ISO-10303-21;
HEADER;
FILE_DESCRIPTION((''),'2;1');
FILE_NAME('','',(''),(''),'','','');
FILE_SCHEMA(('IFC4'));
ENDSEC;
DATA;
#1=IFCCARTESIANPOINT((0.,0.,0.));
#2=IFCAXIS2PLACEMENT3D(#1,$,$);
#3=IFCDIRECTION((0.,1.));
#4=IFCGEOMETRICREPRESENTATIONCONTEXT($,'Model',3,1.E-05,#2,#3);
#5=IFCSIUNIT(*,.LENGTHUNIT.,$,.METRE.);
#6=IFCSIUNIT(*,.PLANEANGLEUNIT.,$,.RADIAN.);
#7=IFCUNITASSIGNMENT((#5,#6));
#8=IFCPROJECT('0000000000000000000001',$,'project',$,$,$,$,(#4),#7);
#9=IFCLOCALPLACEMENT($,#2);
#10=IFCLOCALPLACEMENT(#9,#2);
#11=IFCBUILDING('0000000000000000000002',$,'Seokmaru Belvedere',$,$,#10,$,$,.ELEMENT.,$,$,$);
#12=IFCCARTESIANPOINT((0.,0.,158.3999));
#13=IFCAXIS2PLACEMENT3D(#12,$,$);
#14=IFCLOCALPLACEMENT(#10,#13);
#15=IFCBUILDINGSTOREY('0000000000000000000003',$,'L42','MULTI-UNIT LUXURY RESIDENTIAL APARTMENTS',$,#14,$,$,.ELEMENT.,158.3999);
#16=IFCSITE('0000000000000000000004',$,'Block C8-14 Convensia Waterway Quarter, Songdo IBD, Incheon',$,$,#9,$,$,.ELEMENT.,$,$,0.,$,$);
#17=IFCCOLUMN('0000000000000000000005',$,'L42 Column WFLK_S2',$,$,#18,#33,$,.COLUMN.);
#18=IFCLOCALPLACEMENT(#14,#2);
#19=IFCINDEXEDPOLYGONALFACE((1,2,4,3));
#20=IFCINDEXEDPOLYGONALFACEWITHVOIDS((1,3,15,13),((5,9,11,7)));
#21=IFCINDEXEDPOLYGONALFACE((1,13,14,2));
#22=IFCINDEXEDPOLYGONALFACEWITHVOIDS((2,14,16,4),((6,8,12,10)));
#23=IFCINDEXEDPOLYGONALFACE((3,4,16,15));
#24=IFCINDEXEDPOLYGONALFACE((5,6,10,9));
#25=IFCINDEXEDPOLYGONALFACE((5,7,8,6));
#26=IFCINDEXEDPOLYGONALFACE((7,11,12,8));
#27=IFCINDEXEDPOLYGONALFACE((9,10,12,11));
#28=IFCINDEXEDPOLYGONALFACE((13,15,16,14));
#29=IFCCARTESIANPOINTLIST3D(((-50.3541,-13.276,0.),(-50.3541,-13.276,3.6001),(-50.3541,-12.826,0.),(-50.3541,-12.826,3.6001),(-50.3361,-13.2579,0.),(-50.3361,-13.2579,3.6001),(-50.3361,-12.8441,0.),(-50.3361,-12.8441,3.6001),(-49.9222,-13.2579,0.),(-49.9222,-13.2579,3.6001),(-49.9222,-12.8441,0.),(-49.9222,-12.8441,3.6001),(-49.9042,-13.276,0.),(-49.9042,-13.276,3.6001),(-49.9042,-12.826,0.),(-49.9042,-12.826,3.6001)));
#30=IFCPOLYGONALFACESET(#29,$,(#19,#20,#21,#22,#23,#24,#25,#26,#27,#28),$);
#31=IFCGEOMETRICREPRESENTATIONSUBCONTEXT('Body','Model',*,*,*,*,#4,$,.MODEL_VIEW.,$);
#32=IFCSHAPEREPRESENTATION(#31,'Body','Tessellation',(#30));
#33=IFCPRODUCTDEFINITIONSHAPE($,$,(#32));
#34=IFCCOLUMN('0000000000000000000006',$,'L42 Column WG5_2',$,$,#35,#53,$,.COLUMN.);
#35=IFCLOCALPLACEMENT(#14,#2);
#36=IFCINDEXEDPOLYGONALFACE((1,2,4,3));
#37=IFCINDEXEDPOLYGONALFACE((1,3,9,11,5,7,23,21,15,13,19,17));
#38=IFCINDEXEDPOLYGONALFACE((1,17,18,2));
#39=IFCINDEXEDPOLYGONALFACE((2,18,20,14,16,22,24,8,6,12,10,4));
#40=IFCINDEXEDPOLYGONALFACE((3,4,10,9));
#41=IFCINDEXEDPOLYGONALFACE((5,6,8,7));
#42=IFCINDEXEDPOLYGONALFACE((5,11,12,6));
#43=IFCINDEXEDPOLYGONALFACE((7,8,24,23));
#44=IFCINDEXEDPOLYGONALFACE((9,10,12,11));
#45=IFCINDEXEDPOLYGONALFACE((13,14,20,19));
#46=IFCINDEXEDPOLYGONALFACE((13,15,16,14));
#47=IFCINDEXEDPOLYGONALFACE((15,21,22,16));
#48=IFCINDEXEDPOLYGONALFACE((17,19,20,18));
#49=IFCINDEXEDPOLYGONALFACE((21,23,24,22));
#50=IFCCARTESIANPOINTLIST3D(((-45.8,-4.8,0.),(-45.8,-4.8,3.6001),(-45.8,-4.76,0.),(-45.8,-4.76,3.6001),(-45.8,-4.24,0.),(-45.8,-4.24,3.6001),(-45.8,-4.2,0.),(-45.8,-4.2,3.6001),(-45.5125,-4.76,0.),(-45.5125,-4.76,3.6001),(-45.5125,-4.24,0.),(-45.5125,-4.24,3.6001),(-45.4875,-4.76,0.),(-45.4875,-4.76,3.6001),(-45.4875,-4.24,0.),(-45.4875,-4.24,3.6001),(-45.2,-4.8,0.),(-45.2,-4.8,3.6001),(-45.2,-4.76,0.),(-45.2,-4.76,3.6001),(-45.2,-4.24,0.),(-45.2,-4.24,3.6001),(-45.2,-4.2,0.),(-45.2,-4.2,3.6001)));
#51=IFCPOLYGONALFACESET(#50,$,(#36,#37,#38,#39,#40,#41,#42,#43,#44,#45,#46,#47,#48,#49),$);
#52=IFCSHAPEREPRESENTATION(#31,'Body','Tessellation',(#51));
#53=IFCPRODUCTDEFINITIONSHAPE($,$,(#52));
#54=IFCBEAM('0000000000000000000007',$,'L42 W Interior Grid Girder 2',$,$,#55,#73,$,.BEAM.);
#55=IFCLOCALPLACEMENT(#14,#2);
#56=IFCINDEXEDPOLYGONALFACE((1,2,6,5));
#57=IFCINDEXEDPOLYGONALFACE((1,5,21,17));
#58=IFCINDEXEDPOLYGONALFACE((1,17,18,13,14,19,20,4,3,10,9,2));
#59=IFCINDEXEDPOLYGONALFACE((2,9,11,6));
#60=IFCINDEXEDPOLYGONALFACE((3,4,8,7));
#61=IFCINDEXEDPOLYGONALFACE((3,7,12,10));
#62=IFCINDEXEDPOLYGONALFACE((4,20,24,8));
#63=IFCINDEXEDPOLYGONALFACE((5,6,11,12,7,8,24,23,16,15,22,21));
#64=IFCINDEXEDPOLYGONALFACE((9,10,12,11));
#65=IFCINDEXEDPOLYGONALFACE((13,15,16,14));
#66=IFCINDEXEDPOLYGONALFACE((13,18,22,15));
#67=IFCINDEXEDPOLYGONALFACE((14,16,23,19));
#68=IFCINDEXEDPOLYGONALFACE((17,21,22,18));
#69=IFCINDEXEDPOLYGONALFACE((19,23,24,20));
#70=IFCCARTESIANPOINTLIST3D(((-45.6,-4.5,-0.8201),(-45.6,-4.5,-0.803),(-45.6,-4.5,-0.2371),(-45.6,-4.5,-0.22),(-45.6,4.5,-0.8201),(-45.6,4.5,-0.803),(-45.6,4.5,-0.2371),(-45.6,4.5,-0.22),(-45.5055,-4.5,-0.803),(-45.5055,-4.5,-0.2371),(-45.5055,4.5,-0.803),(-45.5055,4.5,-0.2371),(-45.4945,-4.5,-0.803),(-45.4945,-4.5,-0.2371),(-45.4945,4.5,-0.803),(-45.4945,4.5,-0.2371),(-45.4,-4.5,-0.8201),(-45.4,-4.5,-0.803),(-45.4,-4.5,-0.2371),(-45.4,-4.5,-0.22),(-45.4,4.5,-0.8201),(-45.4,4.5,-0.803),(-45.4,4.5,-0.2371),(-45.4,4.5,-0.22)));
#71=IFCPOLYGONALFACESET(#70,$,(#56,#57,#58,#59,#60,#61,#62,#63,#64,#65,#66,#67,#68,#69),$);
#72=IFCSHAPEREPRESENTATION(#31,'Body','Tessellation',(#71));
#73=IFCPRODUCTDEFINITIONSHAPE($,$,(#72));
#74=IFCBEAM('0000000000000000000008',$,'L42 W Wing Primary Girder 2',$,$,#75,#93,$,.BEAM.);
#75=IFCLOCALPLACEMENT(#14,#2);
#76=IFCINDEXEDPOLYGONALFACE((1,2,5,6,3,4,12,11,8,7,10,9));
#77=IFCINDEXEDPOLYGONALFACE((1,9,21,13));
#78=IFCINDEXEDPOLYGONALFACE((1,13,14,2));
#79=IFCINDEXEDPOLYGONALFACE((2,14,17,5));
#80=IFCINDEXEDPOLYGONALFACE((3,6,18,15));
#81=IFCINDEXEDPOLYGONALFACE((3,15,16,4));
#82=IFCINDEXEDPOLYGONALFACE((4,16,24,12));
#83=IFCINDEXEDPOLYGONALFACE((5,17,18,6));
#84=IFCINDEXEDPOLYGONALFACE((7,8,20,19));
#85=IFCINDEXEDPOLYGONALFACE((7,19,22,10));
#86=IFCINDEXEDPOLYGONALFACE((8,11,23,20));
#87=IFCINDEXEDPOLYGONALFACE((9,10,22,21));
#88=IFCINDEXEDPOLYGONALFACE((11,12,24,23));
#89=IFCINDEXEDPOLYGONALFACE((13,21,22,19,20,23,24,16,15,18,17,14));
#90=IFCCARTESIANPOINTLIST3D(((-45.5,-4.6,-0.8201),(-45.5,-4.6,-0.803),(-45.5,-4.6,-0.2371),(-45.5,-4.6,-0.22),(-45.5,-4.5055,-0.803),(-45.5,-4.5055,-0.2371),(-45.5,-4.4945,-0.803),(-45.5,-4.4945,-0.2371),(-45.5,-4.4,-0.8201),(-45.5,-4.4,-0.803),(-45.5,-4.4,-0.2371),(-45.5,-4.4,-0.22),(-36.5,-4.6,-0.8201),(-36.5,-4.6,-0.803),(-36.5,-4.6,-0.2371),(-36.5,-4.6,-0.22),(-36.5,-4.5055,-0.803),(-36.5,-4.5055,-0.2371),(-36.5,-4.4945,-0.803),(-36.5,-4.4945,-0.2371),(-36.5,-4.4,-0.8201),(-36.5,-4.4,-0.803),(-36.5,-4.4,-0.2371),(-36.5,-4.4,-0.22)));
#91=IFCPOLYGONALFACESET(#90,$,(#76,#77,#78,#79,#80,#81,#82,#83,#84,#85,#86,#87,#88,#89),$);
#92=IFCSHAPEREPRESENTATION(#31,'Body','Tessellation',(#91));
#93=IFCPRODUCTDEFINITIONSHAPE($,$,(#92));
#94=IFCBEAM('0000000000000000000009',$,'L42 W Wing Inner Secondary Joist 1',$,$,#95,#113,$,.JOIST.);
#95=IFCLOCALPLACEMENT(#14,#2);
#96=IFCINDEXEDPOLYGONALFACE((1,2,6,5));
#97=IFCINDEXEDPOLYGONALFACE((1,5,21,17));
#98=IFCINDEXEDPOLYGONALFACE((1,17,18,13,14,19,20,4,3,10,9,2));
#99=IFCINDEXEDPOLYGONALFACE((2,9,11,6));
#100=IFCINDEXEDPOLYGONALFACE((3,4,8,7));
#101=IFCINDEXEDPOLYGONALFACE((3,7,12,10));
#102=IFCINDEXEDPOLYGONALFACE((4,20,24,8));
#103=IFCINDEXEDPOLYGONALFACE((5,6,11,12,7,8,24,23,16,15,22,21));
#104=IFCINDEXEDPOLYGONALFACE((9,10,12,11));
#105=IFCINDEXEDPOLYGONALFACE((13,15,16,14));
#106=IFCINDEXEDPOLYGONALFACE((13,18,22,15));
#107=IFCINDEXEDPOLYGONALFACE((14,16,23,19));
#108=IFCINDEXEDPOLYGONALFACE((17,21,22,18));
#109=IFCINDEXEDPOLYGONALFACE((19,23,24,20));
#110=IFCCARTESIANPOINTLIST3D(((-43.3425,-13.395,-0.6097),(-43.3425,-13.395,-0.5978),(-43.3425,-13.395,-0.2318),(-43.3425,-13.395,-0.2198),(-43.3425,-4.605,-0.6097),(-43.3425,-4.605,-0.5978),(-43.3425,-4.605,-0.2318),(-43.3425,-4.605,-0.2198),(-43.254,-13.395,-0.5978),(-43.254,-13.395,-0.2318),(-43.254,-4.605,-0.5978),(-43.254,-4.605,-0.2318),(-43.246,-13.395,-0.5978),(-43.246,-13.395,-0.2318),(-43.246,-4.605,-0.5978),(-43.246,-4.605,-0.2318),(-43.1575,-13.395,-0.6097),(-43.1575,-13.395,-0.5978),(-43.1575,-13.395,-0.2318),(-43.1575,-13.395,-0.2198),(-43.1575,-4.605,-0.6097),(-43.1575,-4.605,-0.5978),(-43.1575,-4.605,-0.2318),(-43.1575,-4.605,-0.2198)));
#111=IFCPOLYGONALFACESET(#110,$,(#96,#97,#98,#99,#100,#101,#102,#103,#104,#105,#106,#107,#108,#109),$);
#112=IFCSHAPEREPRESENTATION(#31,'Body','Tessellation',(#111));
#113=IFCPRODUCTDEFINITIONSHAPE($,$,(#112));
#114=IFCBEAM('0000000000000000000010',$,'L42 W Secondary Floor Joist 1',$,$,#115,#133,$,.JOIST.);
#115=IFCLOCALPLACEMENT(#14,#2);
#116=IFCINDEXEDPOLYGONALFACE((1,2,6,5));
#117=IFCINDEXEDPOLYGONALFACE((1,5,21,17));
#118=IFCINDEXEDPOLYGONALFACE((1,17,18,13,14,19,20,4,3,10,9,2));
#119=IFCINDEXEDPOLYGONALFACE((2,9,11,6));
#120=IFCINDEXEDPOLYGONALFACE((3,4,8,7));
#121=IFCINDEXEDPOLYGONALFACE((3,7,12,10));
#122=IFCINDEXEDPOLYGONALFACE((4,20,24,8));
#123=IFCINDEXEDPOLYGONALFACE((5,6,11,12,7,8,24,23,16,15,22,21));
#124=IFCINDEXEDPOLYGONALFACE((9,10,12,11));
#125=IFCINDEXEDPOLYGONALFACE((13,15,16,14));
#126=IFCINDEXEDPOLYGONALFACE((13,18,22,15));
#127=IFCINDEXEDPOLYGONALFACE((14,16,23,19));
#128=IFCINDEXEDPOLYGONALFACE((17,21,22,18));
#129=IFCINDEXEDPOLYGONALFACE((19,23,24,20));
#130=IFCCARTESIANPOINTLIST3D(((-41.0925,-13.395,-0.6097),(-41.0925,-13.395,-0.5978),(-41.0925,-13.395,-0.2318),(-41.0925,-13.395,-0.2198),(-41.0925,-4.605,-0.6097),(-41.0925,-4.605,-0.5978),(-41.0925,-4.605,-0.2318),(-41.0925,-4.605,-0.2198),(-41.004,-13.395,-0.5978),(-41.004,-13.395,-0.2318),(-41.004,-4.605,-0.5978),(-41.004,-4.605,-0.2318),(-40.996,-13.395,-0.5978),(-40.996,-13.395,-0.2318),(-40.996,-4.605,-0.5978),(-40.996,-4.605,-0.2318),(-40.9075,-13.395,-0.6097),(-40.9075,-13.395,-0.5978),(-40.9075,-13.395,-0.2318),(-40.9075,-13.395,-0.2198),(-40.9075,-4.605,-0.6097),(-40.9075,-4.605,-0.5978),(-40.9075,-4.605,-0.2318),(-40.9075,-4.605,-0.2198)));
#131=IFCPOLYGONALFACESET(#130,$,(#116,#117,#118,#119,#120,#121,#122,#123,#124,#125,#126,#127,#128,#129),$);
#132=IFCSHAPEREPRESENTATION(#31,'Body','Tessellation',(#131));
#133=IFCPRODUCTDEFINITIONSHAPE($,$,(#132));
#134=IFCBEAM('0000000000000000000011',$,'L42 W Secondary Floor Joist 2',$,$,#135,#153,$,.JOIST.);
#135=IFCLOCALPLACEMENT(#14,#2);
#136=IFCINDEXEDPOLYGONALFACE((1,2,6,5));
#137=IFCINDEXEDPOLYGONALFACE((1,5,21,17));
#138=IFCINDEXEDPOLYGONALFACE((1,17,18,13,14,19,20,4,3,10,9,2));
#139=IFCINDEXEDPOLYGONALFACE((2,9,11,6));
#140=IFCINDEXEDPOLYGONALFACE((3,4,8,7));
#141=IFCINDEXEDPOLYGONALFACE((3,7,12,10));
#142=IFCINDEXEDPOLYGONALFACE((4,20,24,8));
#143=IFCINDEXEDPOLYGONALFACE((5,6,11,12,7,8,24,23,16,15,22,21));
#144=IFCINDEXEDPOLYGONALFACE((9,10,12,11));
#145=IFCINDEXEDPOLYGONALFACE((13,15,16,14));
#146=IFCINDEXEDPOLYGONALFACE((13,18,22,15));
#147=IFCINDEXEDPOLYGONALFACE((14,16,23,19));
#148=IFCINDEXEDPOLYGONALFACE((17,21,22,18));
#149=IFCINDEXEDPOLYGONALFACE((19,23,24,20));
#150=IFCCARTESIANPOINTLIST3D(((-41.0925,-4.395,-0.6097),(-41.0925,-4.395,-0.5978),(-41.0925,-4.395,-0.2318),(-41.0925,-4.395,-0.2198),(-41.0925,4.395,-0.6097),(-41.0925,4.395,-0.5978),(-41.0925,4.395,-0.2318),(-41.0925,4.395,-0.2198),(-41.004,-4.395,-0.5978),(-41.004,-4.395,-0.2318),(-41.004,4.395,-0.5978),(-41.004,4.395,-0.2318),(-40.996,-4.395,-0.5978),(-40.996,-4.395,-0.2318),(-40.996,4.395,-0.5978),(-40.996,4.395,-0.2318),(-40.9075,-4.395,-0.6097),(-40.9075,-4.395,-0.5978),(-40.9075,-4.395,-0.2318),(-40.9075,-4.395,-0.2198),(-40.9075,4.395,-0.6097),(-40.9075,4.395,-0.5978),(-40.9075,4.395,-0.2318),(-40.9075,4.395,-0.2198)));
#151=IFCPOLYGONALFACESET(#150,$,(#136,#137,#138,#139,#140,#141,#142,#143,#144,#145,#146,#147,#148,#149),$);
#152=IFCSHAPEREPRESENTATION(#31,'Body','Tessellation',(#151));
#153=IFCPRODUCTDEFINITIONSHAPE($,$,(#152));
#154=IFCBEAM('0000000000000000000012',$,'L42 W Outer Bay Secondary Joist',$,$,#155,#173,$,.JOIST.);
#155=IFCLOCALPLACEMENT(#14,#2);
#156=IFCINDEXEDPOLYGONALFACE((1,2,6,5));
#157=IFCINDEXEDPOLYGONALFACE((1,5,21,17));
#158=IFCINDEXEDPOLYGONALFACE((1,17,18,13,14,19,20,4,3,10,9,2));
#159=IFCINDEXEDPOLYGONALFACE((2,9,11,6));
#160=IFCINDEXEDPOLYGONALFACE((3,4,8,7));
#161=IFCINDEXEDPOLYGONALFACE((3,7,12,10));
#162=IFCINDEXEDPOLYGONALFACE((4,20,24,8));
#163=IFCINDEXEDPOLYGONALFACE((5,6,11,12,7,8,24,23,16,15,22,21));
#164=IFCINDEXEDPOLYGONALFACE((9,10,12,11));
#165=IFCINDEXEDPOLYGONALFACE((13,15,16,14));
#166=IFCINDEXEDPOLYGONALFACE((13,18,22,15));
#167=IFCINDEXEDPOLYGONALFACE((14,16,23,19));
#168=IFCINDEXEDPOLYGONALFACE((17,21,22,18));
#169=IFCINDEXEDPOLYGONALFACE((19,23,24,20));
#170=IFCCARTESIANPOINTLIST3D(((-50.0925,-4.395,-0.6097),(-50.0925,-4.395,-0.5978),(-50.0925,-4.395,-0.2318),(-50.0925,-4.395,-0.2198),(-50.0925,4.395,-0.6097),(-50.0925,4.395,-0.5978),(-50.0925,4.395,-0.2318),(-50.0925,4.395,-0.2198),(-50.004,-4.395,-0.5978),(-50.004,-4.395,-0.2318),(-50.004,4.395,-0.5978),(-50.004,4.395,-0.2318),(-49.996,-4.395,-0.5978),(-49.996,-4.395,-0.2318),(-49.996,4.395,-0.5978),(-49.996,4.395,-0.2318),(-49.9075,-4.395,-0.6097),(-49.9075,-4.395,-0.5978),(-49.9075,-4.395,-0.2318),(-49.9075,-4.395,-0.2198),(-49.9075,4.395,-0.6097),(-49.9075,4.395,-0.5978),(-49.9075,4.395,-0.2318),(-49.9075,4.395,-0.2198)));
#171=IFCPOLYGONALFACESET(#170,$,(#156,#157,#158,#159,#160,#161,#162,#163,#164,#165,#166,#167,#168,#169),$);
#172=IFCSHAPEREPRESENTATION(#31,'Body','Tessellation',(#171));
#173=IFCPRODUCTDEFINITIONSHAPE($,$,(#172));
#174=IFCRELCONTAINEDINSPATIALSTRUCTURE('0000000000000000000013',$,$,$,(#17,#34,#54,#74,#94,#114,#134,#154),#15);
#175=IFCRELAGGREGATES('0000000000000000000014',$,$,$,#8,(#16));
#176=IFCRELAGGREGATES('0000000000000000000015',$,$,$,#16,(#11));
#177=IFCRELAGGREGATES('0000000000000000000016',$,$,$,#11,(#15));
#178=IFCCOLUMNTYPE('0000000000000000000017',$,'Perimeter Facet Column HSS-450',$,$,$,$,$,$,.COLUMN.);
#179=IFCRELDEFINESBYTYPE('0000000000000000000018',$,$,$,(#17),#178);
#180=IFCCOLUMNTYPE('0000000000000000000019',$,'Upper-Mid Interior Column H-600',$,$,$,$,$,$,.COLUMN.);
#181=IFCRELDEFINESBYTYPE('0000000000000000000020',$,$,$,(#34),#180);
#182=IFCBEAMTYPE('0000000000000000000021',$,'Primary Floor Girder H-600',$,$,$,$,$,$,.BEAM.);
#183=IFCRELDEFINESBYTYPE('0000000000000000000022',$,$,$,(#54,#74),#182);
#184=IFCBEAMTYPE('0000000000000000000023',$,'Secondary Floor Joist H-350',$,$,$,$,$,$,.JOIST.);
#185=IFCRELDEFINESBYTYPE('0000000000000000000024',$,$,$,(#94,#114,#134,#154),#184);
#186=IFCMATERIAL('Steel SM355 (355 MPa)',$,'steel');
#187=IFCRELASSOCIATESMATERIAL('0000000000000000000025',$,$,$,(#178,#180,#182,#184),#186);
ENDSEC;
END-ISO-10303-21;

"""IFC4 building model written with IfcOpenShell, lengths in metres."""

from ifc_helpers import new_model, si_unit, direction, frame, origin, origin_2d, place, context, subcontext, project, spatial, hollow_rectangle, i_section, extrude, source, transform, mapped, material, material_profile, profile_set, type_object, type_shapes, element, save


model = new_model("IFC4")

# Units and contexts
model_context = context("Model", 3, precision=1e-05, world=origin(), true_north=direction((0.0, 1.0)))
body_context = subcontext(model_context, "Body", "Model", "MODEL_VIEW")
ifc_project = project(units=[si_unit("LENGTHUNIT", "METRE"), si_unit("PLANEANGLEUNIT", "RADIAN")], contexts=[model_context])

# Site, building, storey
site_placement = place(None, origin())
site = spatial("IfcSite", under=ifc_project, at=site_placement, Name="Block C8-14 Convensia Waterway Quarter, Songdo IBD, Incheon", CompositionType="ELEMENT", RefElevation=0.0)
building_placement = place(site_placement, origin())
building = spatial("IfcBuilding", under=site, at=building_placement, Name="Seokmaru Belvedere", CompositionType="ELEMENT")
storey_placement = place(building_placement, frame((0.0, 0.0, 158.3999)))
storey = spatial("IfcBuildingStorey", under=building, at=storey_placement, Name="L42", Description="MULTI-UNIT LUXURY RESIDENTIAL APARTMENTS", CompositionType="ELEMENT", Elevation=158.3999)

# Columns
ifc_material_1 = material(Name="Steel SM355 (355 MPa)", Category="steel")
ifc_material_profile_1 = material_profile(ifc_material_1, hollow_rectangle(XDim=0.45, YDim=0.45, WallThickness=0.0181, at=origin_2d()), Name="HSS-450x450x18")
ifc_profile_set_1 = profile_set([ifc_material_profile_1], Name="Steel SM355 (355 MPa)")
column_type_1 = type_object("IfcColumnType", Name="Perimeter Facet Column HSS-450", PredefinedType="COLUMN", material=ifc_profile_set_1)
shared_shape_1 = source(origin(), body_context, "Body", "SweptSolid", [
    extrude(hollow_rectangle(XDim=0.45, YDim=0.45, WallThickness=0.0181, at=origin_2d()), origin(), (0.0, 0.0, 1.0), 3.6001),
])
type_shapes(column_type_1, [shared_shape_1])
column_1_placement = place(storey_placement, frame((-50.1292, -13.051, 0.0), z_axis=(0.0, 0.0, 1.0), x_axis=(1.0, 0.0, 0.0)))
element("IfcColumn", 1, at=column_1_placement, inside=storey, type_object=column_type_1, Name="L42 Column WFLK_S2", PredefinedType="COLUMN", context=body_context, shape_type="MappedRepresentation", body=[
    mapped(shared_shape_1, transform((0.0, 0.0, 0.0), scale=1.0)),
])
ifc_material_profile_2 = material_profile(ifc_material_1, i_section(OverallWidth=0.6001, OverallDepth=0.6001, WebThickness=0.0249, FlangeThickness=0.04, at=origin_2d()), Name="H-600x600x25x40")
ifc_profile_set_2 = profile_set([ifc_material_profile_2], Name="Steel SM355 (355 MPa)")
column_type_2 = type_object("IfcColumnType", Name="Upper-Mid Interior Column H-600", PredefinedType="COLUMN", material=ifc_profile_set_2)
shared_shape_2 = source(origin(), body_context, "Body", "SweptSolid", [
    extrude(i_section(OverallWidth=0.6001, OverallDepth=0.6001, WebThickness=0.0249, FlangeThickness=0.04, at=origin_2d()), origin(), (0.0, 0.0, 1.0), 3.6001),
])
type_shapes(column_type_2, [shared_shape_2])
column_2_placement = place(storey_placement, frame((-45.5, -4.5, 0.0), z_axis=(0.0, 0.0, 1.0), x_axis=(1.0, 0.0, 0.0)))
element("IfcColumn", 2, at=column_2_placement, inside=storey, type_object=column_type_2, Name="L42 Column WG5_2", PredefinedType="COLUMN", context=body_context, shape_type="MappedRepresentation", body=[
    mapped(shared_shape_2, transform((0.0, 0.0, 0.0), scale=1.0)),
])

# Beams
ifc_material_profile_3 = material_profile(ifc_material_1, i_section(OverallWidth=0.2, OverallDepth=0.6001, WebThickness=0.011, FlangeThickness=0.0171, at=origin_2d()), Name="H-600x200x11x17")
ifc_profile_set_3 = profile_set([ifc_material_profile_3], Name="Steel SM355 (355 MPa)")
beam_type_1 = type_object("IfcBeamType", Name="Primary Floor Girder H-600", PredefinedType="BEAM", material=ifc_profile_set_3)
shared_shape_3 = source(origin(), body_context, "Body", "SweptSolid", [
    extrude(i_section(OverallWidth=0.2, OverallDepth=0.6001, WebThickness=0.011, FlangeThickness=0.0171, at=origin_2d()), origin(), (0.0, 0.0, 1.0), 9.0),
])
type_shapes(beam_type_1, [shared_shape_3])
for number, where, z_axis, x_axis, name in (
    (3, (-45.5, -4.5, -0.52), (0.0, 1.0, 0.0), (-1.0, 0.0, 0.0), "L42 W Interior Grid Girder 2"),
    (4, (-45.5, -4.5, -0.52), (1.0, 0.0, 0.0), (0.0, 1.0, 0.0), "L42 W Wing Primary Girder 2"),
):
    element("IfcBeam", number, at=place(storey_placement, frame(where, z_axis=z_axis, x_axis=x_axis)), inside=storey, type_object=beam_type_1, Name=name, PredefinedType="BEAM", context=body_context, shape_type="MappedRepresentation", body=[
        mapped(shared_shape_3, transform((0.0, 0.0, 0.0), scale=1.0)),
    ])
ifc_material_profile_4 = material_profile(ifc_material_1, i_section(OverallWidth=0.1851, OverallDepth=0.3899, WebThickness=0.0081, FlangeThickness=0.012, at=origin_2d()), Name="H-390x185x8x12")
ifc_profile_set_4 = profile_set([ifc_material_profile_4], Name="Steel SM355 (355 MPa)")
beam_type_2 = type_object("IfcBeamType", Name="Secondary Floor Joist H-350", PredefinedType="JOIST", material=ifc_profile_set_4)
shared_shape_4 = source(origin(), body_context, "Body", "SweptSolid", [
    extrude(i_section(OverallWidth=0.1851, OverallDepth=0.3899, WebThickness=0.0081, FlangeThickness=0.012, at=origin_2d()), origin(), (0.0, 0.0, 1.0), 8.79),
])
type_shapes(beam_type_2, [shared_shape_4])
for number, where, z_axis, x_axis, name in (
    (5, (-43.25, -13.395, -0.4148), (0.0, 1.0, 0.0), (-1.0, 0.0, 0.0), "L42 W Wing Inner Secondary Joist 1"),
    (6, (-41.0, -13.395, -0.4148), (0.0, 1.0, 0.0), (-1.0, 0.0, 0.0), "L42 W Secondary Floor Joist 1"),
    (7, (-41.0, -4.395, -0.4148), (0.0, 1.0, 0.0), (-1.0, 0.0, 0.0), "L42 W Secondary Floor Joist 2"),
    (8, (-50.0, -4.395, -0.4148), (0.0, 1.0, 0.0), (-1.0, 0.0, 0.0), "L42 W Outer Bay Secondary Joist"),
):
    element("IfcBeam", number, at=place(storey_placement, frame(where, z_axis=z_axis, x_axis=x_axis)), inside=storey, type_object=beam_type_2, Name=name, PredefinedType="JOIST", context=body_context, shape_type="MappedRepresentation", body=[
        mapped(shared_shape_4, transform((0.0, 0.0, 0.0), scale=1.0)),
    ])

save(model, "model.ifc")
